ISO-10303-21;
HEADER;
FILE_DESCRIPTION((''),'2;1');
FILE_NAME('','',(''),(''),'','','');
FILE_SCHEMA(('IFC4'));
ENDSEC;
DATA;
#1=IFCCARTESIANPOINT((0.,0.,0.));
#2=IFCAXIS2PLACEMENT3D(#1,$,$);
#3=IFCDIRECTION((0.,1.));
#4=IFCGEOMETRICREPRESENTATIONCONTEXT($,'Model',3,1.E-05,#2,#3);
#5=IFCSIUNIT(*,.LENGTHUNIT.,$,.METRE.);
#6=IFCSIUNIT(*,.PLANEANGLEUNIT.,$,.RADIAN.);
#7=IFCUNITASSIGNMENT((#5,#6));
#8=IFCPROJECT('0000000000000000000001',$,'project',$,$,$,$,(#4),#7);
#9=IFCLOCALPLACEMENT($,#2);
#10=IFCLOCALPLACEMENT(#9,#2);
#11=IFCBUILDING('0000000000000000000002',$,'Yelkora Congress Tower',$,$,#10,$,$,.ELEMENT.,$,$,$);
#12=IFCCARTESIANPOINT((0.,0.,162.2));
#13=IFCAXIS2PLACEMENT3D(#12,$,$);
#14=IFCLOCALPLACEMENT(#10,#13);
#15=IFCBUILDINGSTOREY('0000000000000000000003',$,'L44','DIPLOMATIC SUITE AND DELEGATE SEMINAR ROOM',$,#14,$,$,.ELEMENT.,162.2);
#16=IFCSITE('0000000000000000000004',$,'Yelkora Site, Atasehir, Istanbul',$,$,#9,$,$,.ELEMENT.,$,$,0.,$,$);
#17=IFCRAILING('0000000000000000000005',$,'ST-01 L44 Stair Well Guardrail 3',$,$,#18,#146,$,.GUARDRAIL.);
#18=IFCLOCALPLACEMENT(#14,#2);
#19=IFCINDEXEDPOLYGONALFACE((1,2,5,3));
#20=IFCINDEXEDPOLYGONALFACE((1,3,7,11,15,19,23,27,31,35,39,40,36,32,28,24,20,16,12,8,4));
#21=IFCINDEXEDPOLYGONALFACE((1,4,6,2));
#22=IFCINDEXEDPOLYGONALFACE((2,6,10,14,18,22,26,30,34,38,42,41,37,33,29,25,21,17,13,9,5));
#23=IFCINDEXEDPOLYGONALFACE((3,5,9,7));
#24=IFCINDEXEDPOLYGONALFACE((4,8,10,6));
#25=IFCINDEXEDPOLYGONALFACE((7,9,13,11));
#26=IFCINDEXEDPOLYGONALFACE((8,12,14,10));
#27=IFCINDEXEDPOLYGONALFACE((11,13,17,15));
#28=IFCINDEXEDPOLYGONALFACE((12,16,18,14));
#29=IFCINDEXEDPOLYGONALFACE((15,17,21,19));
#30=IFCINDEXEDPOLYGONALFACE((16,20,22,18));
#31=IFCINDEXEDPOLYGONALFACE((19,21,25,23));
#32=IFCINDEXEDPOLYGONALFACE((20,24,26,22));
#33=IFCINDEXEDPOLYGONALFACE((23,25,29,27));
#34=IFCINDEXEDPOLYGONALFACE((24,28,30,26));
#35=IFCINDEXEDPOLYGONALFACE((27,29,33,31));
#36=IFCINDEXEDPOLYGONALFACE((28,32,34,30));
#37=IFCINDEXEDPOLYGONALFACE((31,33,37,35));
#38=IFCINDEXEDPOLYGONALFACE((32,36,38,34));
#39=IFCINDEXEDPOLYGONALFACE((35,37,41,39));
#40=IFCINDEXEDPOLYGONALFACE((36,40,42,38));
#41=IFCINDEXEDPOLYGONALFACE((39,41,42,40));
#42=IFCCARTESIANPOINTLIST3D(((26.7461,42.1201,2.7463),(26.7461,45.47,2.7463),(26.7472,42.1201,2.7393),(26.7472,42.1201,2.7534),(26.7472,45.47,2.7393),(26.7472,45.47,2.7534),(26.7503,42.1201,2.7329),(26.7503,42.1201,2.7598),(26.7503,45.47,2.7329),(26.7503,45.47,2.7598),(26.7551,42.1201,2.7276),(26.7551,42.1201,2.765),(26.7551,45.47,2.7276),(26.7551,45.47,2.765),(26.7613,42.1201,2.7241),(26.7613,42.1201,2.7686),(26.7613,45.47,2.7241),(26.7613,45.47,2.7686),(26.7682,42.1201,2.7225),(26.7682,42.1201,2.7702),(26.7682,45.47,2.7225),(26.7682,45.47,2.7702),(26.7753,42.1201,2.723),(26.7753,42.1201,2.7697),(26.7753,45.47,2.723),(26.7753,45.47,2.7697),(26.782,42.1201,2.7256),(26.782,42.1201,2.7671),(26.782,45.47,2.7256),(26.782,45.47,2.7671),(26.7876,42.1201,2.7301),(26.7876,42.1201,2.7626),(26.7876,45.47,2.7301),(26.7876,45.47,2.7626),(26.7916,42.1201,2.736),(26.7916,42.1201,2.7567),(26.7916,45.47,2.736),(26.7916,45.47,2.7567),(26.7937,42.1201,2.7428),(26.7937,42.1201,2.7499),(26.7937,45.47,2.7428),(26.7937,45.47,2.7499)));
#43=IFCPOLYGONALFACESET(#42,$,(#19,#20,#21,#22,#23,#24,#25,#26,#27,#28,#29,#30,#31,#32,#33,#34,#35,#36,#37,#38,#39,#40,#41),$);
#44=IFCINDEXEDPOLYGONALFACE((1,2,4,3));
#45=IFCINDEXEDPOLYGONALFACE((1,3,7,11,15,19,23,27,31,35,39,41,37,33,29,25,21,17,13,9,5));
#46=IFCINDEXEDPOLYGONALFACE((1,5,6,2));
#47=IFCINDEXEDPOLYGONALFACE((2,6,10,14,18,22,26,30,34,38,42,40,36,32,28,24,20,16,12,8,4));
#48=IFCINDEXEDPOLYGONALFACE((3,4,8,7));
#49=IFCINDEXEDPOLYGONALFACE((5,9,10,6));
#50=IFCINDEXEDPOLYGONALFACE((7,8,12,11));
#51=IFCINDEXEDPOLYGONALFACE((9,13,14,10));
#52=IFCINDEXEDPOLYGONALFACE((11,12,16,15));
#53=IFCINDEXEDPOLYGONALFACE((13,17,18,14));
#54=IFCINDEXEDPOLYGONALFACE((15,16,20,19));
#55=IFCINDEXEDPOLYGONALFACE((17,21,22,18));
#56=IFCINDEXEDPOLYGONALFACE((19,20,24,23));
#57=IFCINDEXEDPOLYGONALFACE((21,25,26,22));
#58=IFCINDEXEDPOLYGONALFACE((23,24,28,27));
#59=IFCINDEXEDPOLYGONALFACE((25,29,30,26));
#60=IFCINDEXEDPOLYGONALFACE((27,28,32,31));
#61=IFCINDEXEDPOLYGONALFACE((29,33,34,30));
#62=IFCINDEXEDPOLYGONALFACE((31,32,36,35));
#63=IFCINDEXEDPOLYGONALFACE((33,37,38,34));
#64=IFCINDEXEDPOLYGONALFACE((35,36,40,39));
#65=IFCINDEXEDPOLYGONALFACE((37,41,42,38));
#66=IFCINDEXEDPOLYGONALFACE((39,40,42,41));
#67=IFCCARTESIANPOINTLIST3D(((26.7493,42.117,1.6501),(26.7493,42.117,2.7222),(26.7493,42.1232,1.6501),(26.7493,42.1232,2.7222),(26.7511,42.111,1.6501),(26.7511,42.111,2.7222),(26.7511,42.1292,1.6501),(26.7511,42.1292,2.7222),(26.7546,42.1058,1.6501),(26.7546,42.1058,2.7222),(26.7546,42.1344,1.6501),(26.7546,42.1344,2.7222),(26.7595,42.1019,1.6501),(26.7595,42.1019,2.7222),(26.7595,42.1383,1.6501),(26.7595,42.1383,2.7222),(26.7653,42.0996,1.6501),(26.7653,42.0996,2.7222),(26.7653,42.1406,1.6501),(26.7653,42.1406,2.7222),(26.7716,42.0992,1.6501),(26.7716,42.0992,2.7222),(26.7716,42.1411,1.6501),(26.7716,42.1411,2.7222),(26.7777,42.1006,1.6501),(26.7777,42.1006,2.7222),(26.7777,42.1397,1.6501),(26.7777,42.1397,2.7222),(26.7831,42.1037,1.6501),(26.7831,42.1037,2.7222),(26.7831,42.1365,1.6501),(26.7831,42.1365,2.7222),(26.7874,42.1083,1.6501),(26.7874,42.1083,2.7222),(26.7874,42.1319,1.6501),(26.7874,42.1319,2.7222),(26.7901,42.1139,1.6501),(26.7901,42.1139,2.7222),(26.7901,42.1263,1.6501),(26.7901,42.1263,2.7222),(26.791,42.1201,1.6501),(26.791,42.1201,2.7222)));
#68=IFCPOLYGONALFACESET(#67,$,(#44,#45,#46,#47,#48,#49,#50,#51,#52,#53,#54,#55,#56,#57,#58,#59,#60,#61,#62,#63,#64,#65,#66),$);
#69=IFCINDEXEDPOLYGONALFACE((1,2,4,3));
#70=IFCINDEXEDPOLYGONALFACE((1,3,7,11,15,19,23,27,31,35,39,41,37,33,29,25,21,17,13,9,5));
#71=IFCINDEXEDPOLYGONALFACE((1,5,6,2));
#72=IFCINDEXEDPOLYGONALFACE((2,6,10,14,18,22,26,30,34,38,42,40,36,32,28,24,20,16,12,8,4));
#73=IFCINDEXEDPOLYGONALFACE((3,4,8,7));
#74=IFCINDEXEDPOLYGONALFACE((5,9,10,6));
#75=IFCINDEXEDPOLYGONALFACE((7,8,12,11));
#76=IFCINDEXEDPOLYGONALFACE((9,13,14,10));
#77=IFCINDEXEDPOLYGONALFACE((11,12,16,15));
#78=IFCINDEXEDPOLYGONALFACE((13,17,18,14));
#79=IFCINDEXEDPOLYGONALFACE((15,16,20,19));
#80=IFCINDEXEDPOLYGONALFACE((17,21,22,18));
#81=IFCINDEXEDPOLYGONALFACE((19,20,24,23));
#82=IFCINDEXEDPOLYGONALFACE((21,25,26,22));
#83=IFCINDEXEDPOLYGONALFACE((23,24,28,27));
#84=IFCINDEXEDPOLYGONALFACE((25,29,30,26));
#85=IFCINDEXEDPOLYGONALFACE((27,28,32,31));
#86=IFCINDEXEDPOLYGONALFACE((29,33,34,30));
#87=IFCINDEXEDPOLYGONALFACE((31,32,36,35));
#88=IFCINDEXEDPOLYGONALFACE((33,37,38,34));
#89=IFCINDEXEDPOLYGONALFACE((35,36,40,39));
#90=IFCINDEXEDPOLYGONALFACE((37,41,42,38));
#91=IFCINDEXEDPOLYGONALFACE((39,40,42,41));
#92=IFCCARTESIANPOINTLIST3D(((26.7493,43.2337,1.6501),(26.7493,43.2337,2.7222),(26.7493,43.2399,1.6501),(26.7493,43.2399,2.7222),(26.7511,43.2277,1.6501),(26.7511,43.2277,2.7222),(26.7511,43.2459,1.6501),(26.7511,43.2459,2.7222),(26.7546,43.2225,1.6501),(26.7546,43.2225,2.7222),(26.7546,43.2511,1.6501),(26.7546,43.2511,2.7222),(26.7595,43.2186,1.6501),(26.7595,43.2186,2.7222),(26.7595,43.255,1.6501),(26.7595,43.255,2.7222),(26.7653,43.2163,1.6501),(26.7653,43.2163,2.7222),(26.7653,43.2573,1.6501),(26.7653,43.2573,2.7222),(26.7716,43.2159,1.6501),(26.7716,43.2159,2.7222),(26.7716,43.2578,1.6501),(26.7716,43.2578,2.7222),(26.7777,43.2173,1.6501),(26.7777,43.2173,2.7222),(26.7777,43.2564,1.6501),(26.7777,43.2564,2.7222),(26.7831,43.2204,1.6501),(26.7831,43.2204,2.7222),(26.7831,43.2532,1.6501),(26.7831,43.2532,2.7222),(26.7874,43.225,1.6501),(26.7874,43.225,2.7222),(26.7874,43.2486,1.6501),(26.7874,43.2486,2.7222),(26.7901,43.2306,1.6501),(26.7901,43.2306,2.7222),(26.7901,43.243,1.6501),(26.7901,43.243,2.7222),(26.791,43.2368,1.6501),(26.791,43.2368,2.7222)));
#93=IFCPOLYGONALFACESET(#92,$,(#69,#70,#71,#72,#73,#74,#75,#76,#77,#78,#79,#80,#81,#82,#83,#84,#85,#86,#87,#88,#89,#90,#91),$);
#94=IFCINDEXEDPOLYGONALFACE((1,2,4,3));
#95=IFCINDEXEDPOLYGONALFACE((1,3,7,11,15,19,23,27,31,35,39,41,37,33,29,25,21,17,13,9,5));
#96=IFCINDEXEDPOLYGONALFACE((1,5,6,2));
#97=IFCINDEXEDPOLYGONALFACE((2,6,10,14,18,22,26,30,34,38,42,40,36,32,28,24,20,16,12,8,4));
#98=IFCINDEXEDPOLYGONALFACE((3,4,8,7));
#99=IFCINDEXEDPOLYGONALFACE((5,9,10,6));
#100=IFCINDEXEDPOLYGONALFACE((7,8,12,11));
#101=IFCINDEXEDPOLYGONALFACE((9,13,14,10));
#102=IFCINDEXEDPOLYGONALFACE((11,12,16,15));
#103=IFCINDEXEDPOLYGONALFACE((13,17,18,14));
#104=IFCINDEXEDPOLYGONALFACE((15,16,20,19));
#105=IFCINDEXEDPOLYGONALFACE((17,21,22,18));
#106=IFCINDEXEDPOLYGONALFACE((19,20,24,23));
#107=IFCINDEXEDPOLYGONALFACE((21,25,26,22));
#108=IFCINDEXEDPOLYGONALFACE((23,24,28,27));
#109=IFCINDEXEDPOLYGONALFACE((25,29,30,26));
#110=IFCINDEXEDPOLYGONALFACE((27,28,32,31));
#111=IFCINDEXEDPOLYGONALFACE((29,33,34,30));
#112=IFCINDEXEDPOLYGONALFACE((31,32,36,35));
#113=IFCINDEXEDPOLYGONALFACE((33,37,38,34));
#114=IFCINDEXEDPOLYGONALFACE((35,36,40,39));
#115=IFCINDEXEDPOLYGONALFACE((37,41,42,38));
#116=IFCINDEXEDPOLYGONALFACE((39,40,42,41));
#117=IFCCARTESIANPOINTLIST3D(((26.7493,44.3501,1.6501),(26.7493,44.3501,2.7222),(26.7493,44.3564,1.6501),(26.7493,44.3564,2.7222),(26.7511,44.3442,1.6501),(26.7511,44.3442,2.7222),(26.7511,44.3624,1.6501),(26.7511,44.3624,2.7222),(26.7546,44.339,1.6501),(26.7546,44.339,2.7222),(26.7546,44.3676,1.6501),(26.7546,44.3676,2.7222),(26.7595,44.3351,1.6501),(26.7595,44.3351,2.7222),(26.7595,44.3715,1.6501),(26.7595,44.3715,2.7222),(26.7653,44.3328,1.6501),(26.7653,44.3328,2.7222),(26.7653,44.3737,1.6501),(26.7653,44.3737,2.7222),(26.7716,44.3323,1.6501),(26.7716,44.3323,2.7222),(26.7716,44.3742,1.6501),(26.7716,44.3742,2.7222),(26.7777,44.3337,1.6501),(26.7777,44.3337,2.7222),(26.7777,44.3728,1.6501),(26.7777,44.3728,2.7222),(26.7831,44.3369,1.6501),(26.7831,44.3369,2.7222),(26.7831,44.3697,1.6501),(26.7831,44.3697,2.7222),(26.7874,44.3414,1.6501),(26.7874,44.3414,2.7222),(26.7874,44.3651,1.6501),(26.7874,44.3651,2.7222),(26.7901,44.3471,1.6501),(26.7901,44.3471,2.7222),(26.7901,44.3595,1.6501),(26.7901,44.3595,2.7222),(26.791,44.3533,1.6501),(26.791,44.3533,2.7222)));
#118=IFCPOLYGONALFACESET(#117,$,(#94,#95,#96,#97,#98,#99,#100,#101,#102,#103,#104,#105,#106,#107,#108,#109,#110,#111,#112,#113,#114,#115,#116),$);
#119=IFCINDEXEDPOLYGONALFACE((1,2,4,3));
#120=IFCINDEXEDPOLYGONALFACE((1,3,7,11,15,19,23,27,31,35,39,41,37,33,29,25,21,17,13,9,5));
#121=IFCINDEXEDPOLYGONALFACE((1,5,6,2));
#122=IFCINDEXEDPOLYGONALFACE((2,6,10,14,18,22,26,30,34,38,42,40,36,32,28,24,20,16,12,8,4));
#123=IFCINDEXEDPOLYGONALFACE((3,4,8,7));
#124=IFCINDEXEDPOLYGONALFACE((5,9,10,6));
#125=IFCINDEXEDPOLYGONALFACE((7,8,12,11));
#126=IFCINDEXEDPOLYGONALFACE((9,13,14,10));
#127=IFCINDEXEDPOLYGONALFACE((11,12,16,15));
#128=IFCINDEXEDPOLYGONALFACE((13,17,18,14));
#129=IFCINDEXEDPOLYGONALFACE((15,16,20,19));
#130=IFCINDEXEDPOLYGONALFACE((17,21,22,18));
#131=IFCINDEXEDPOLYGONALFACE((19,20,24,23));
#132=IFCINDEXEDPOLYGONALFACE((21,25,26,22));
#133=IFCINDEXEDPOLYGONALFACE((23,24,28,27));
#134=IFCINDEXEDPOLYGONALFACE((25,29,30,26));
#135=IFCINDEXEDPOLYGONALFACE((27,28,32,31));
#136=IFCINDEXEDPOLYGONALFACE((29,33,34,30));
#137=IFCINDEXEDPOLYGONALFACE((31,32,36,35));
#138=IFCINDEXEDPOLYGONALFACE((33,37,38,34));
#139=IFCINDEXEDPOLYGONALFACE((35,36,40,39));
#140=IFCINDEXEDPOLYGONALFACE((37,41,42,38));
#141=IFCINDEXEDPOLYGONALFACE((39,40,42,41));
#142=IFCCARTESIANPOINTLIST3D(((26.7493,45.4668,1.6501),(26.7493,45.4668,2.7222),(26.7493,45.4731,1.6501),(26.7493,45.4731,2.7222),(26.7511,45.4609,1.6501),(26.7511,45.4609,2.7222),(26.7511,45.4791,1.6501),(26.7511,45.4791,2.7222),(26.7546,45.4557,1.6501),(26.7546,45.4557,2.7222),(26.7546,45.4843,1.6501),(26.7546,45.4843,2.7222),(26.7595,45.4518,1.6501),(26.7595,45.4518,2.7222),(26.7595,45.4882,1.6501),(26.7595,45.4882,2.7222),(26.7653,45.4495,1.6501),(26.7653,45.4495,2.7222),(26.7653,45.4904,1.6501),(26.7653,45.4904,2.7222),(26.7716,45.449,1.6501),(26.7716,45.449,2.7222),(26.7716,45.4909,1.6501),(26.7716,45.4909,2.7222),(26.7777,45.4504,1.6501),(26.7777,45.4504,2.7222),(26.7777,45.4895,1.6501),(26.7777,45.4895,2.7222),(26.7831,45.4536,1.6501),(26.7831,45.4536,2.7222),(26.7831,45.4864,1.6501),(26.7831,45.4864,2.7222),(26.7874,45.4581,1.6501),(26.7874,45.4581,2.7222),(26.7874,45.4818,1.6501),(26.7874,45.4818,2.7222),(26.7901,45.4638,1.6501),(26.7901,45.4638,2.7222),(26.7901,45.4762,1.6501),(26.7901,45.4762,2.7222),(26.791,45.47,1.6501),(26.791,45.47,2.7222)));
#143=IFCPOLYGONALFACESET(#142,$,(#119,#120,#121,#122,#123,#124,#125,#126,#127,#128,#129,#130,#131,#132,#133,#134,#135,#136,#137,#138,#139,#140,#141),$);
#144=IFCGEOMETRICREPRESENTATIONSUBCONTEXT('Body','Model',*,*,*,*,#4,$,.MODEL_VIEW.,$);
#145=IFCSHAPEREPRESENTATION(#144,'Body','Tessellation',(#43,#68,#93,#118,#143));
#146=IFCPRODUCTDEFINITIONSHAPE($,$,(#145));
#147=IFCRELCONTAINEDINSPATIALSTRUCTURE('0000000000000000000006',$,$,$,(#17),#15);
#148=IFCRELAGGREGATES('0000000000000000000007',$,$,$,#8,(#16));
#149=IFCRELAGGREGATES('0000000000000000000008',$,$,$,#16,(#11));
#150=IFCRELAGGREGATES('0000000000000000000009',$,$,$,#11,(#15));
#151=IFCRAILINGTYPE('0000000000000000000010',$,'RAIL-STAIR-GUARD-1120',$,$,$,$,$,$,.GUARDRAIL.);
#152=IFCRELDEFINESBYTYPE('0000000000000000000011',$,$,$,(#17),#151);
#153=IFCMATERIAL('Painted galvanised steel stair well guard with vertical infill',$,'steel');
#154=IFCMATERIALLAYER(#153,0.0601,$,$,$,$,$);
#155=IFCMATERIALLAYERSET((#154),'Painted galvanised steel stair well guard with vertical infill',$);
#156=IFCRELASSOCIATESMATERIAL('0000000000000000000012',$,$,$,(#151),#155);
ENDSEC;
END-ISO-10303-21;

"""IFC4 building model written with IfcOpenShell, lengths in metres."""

from ifc_helpers import new_model, si_unit, direction, frame, origin, origin_2d, place, context, subcontext, project, spatial, circle, extrude, material, layer, layer_set, type_object, element, save


model = new_model("IFC4")

# Units and contexts
model_context = context("Model", 3, precision=1e-05, world=origin(), true_north=direction((0.0, 1.0)))
body_context = subcontext(model_context, "Body", "Model", "MODEL_VIEW")
ifc_project = project(units=[si_unit("LENGTHUNIT", "METRE"), si_unit("PLANEANGLEUNIT", "RADIAN")], contexts=[model_context])

# Site, building, storey
site_placement = place(None, origin())
site = spatial("IfcSite", under=ifc_project, at=site_placement, Name="Yelkora Site, Atasehir, Istanbul", CompositionType="ELEMENT", RefElevation=0.0)
building_placement = place(site_placement, origin())
building = spatial("IfcBuilding", under=site, at=building_placement, Name="Yelkora Congress Tower", CompositionType="ELEMENT")
storey_placement = place(building_placement, frame((0.0, 0.0, 162.2)))
storey = spatial("IfcBuildingStorey", under=building, at=storey_placement, Name="L44", Description="DIPLOMATIC SUITE AND DELEGATE SEMINAR ROOM", CompositionType="ELEMENT", Elevation=162.2)

# Railing
ifc_material_1 = material(Name="Painted galvanised steel stair well guard with vertical infill", Category="steel")
ifc_layer_1 = layer(ifc_material_1, 0.0601)
ifc_layer_set_1 = layer_set([ifc_layer_1], Name="Painted galvanised steel stair well guard with vertical infill")
railing_type = type_object("IfcRailingType", Name="RAIL-STAIR-GUARD-1120", PredefinedType="GUARDRAIL", material=ifc_layer_set_1)
for number, where, name in (
    (1, (26.77, 42.1201, 1.6501), "ST-01 L44 Stair Well Guardrail 3"),
):
    element("IfcRailing", number, at=place(storey_placement, frame(where)), inside=storey, type_object=railing_type, Name=name, PredefinedType="GUARDRAIL", context=body_context, shape_type="SweptSolid", body=[
        extrude(circle(Radius=0.0239, at=origin_2d()), frame((0.0, 0.0, 1.0962), z_axis=(0.0, 1.0, 0.0), x_axis=(-1.0, 0.0, 0.0)), (0.0, 0.0, 1.0), 3.3499),
        extrude(circle(Radius=0.021, at=origin_2d()), origin(), (0.0, 0.0, 1.0), 1.072),
        extrude(circle(Radius=0.021, at=origin_2d()), frame((0.0, 1.1167, 0.0)), (0.0, 0.0, 1.0), 1.072),
        extrude(circle(Radius=0.021, at=origin_2d()), frame((0.0, 2.2332, 0.0)), (0.0, 0.0, 1.0), 1.072),
        extrude(circle(Radius=0.021, at=origin_2d()), frame((0.0, 3.3499, 0.0)), (0.0, 0.0, 1.0), 1.072),
    ])

save(model, "model.ifc")
